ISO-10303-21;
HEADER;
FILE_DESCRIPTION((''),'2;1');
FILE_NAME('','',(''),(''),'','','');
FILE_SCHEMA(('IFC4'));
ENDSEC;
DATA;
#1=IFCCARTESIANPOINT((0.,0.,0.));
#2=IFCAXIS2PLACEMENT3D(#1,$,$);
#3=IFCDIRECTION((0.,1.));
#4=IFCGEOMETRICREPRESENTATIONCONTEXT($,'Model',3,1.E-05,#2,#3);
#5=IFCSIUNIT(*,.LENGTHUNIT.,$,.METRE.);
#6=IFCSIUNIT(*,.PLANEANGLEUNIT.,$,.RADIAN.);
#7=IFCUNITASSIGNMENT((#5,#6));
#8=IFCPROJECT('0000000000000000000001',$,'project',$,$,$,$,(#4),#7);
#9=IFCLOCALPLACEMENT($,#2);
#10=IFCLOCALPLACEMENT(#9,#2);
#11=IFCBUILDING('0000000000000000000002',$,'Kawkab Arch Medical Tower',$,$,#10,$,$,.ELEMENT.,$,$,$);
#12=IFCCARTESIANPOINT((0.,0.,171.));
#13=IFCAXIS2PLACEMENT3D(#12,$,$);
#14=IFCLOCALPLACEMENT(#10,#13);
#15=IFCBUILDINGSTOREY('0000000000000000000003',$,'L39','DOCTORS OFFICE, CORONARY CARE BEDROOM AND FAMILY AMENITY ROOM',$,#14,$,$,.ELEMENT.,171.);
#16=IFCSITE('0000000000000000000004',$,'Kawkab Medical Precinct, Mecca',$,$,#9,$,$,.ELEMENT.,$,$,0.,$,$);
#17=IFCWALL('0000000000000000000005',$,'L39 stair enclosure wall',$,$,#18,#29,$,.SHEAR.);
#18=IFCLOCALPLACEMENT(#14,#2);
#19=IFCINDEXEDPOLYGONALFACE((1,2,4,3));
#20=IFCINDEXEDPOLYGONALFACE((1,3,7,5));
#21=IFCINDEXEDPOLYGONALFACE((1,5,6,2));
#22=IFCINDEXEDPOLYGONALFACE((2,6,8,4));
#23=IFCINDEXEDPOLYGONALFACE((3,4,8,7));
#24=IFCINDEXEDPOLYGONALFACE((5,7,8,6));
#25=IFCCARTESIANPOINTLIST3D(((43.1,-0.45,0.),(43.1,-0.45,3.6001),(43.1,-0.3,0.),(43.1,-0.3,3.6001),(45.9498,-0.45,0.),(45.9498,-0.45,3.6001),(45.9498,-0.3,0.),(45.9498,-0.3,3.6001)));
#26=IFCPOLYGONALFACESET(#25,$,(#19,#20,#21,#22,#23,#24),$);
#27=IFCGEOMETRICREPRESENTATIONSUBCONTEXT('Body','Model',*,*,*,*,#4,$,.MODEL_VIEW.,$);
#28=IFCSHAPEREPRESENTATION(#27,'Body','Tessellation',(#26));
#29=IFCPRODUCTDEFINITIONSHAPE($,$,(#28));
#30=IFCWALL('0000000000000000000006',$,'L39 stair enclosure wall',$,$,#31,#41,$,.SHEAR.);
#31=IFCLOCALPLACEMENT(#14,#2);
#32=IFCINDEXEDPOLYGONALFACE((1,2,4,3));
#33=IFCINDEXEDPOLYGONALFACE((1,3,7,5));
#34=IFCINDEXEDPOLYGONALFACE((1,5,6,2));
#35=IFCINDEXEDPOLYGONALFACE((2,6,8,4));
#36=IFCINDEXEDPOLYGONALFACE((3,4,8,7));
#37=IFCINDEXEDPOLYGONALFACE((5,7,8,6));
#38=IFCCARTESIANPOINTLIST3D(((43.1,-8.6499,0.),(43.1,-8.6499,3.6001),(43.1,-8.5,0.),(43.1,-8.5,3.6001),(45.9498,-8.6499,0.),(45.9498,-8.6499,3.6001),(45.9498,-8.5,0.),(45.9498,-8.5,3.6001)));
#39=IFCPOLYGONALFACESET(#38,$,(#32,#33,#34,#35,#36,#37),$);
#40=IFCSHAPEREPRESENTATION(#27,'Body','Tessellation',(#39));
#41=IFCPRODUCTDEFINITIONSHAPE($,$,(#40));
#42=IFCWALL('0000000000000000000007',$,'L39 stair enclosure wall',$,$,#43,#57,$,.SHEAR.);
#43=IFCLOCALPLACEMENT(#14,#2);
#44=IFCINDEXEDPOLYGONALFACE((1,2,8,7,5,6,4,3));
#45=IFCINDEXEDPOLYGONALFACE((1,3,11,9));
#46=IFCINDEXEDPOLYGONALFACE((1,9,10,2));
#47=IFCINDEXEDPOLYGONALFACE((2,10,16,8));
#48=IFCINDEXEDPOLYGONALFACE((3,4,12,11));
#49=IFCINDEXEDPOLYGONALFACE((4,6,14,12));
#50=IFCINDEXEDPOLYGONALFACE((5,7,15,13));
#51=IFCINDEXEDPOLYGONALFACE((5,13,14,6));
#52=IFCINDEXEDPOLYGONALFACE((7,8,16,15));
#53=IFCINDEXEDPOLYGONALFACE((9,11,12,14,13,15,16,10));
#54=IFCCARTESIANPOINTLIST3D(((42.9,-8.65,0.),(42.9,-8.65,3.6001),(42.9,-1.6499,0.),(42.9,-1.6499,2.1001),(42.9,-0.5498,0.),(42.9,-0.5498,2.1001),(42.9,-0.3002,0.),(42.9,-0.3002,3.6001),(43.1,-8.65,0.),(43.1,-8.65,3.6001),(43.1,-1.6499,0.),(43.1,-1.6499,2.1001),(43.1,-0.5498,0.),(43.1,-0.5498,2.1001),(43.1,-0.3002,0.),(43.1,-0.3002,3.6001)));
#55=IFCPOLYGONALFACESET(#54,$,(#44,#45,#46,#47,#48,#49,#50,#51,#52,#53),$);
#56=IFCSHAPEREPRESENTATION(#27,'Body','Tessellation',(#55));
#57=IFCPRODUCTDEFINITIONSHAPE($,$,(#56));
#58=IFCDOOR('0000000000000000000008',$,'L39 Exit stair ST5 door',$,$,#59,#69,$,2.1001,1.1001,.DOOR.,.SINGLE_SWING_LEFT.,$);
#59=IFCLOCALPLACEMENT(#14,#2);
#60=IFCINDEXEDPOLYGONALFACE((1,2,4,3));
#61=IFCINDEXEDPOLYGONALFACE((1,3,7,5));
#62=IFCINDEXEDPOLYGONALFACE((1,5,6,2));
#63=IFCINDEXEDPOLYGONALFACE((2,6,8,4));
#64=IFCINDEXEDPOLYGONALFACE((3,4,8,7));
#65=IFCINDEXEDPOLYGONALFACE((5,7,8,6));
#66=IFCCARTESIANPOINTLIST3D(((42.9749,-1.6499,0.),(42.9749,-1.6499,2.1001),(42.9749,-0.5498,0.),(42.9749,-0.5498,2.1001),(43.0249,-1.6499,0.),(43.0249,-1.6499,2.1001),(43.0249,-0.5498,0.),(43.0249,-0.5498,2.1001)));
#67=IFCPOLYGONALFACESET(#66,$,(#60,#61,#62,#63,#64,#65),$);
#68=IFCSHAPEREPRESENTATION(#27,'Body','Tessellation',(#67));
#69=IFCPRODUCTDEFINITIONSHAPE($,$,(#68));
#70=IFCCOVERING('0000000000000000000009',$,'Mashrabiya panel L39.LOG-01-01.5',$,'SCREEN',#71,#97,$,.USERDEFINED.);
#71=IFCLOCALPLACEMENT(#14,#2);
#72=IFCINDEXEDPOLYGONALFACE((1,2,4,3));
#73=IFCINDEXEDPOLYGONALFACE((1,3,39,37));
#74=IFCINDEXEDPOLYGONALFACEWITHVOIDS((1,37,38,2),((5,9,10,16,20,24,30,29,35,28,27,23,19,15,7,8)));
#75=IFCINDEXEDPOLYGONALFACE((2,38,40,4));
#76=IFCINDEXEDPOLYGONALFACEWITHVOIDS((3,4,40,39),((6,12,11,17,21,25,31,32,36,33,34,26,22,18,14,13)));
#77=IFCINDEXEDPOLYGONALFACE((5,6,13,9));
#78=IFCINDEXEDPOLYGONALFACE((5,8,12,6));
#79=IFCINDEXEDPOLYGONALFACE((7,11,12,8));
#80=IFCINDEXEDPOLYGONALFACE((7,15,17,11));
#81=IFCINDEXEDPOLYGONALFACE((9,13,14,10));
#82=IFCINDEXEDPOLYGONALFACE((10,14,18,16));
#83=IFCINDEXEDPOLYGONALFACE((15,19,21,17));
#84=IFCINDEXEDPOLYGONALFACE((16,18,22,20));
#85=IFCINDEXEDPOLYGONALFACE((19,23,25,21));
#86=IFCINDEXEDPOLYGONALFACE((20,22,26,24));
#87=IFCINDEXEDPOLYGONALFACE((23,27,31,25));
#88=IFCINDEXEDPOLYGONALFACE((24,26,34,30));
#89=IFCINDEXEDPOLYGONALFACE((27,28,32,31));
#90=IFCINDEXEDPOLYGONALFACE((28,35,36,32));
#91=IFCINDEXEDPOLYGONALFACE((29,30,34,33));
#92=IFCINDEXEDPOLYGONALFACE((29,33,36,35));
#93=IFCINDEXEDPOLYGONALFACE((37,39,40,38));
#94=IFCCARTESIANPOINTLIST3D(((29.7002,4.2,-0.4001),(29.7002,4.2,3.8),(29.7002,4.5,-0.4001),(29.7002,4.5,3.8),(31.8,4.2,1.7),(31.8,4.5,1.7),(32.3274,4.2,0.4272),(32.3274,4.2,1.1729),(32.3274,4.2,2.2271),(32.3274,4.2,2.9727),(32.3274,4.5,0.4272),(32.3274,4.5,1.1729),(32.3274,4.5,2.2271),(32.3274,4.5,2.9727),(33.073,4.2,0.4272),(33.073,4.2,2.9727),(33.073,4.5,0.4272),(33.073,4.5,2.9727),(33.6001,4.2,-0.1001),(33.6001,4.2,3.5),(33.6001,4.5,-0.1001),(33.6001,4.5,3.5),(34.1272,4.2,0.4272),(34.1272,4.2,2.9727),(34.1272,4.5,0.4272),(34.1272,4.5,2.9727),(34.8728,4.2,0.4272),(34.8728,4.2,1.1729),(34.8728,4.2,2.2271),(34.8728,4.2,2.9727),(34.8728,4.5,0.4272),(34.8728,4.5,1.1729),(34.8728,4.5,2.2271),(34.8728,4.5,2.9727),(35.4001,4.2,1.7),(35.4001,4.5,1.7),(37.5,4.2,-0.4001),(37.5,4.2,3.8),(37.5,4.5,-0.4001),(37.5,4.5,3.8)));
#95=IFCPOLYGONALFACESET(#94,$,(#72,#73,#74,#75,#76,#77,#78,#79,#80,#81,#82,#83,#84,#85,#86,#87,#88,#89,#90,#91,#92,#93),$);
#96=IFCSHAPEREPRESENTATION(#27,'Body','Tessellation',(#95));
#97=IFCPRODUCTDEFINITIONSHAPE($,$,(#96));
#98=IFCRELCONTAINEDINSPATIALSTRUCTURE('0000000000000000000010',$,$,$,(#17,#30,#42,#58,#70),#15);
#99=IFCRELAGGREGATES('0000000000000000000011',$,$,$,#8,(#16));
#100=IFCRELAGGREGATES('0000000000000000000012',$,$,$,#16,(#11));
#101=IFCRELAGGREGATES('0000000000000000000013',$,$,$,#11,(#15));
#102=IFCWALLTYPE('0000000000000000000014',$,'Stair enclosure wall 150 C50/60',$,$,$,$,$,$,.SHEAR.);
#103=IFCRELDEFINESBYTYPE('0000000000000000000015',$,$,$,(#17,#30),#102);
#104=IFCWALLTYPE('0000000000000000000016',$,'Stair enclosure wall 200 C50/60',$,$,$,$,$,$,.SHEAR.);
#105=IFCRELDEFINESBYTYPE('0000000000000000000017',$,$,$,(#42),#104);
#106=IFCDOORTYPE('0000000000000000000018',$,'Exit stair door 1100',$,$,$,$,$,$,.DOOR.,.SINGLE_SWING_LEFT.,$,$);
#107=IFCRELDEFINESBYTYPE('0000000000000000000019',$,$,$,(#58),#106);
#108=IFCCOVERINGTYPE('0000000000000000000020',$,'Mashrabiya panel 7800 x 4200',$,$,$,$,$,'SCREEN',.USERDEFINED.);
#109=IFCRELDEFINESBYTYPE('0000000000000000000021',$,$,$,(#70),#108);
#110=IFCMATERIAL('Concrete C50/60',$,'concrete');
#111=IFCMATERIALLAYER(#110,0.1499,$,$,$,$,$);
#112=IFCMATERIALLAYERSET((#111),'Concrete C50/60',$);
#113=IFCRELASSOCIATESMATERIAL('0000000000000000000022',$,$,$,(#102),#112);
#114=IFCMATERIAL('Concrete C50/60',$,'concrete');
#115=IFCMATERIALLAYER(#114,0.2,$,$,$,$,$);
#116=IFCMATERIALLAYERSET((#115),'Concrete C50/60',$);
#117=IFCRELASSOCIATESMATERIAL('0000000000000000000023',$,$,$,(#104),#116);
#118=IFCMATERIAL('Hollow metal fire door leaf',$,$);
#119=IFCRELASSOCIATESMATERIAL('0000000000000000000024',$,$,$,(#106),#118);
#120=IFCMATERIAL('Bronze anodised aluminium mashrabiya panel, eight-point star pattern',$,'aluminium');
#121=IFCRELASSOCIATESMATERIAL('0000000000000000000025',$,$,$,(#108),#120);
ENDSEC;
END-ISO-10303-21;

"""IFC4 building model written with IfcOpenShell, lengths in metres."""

from ifc_helpers import new_model, si_unit, direction, frame, frame_2d, origin, place, context, subcontext, project, spatial, polyline, rectangle, outline, extrude, material, layer, layer_set, material_profile, profile_set, type_object, element, fill, save


model = new_model("IFC4")

# Units and contexts
model_context = context("Model", 3, precision=1e-05, world=origin(), true_north=direction((0.0, 1.0)))
body_context = subcontext(model_context, "Body", "Model", "MODEL_VIEW")
ifc_project = project(units=[si_unit("LENGTHUNIT", "METRE"), si_unit("PLANEANGLEUNIT", "RADIAN")], contexts=[model_context])

# Site, building, storey
site_placement = place(None, origin())
site = spatial("IfcSite", under=ifc_project, at=site_placement, Name="Kawkab Medical Precinct, Mecca", CompositionType="ELEMENT", RefElevation=0.0)
building_placement = place(site_placement, origin())
building = spatial("IfcBuilding", under=site, at=building_placement, Name="Kawkab Arch Medical Tower", CompositionType="ELEMENT")
storey_placement = place(building_placement, frame((0.0, 0.0, 171.0)))
storey = spatial("IfcBuildingStorey", under=building, at=storey_placement, Name="L39", Description="DOCTORS OFFICE, CORONARY CARE BEDROOM AND FAMILY AMENITY ROOM", CompositionType="ELEMENT", Elevation=171.0)

# Walls
ifc_material_1 = material(Name="Concrete C50/60", Category="concrete")
ifc_layer_1 = layer(ifc_material_1, 0.1499)
ifc_layer_set_1 = layer_set([ifc_layer_1], Name="Concrete C50/60")
wall_type_1 = type_object("IfcWallType", Name="Stair enclosure wall 150 C50/60", PredefinedType="SHEAR", material=ifc_layer_set_1)
for number, where, z_axis, x_axis, name in (
    (1, (43.1001, -0.375, 0.0), (0.0, 0.0, 1.0), (1.0, 0.0, 0.0), "L39 stair enclosure wall"),
    (2, (43.1001, -8.575, 0.0), (0.0, 0.0, 1.0), (1.0, 0.0, 0.0), "L39 stair enclosure wall"),
):
    element("IfcWall", number, at=place(storey_placement, frame(where, z_axis=z_axis, x_axis=x_axis)), inside=storey, type_object=wall_type_1, Name=name, PredefinedType="SHEAR", context=body_context, shape_type="SweptSolid", body=[
        extrude(rectangle(XDim=2.8499, YDim=0.1499, at=frame_2d((1.4248, 0.0))), origin(), (0.0, 0.0, 1.0), 3.6001),
    ])

# Wall, opening, door
ifc_material_2 = material(Name="Concrete C50/60", Category="concrete")
ifc_layer_2 = layer(ifc_material_2, 0.2)
ifc_layer_set_2 = layer_set([ifc_layer_2], Name="Concrete C50/60")
wall_type_2 = type_object("IfcWallType", Name="Stair enclosure wall 200 C50/60", PredefinedType="SHEAR", material=ifc_layer_set_2)
wall_1_placement = place(storey_placement, frame((43.0, -8.6499, 0.0), z_axis=(0.0, 0.0, 1.0), x_axis=(0.0, 1.0, 0.0)))
wall_1 = element("IfcWall", 3, at=wall_1_placement, inside=storey, type_object=wall_type_2, Name="L39 stair enclosure wall", PredefinedType="SHEAR", context=body_context, shape_type="SweptSolid", body=[
    extrude(rectangle(XDim=8.3499, YDim=0.2, at=frame_2d((4.1748, 0.0))), origin(), (0.0, 0.0, 1.0), 3.6001),
])
opening_1_placement = place(wall_1_placement, frame((7.0, 0.0, 0.0)))
opening_1 = element("IfcOpeningElement", 4, at=opening_1_placement, cuts=wall_1, PredefinedType="OPENING", context=body_context, shape_type="SweptSolid", body=[
    extrude(rectangle(XDim=1.1001, YDim=2.1001, at=frame_2d((0.55, 1.05))), frame((0.0, 0.1099, 0.0), z_axis=(0.0, -1.0, 0.0), x_axis=(1.0, 0.0, 0.0)), (0.0, 0.0, 1.0), 0.22),
])
ifc_material_3 = material(Name="Hollow metal fire door leaf")
door_type_1 = type_object("IfcDoorType", Name="Exit stair door 1100", OperationType="SINGLE_SWING_LEFT", PredefinedType="DOOR", material=ifc_material_3)
door_1_placement = place(opening_1_placement, frame((1.1001, 0.0, 0.0), z_axis=(0.0, 0.0, 1.0), x_axis=(-1.0, 0.0, 0.0)))
door_1 = element("IfcDoor", 5, at=door_1_placement, inside=storey, type_object=door_type_1, Name="L39 Exit stair ST5 door", OperationType="SINGLE_SWING_LEFT", OverallHeight=2.1001, OverallWidth=1.1001, PredefinedType="DOOR", context=body_context, shape_type="SweptSolid", body=[
    extrude(rectangle(XDim=1.1001, YDim=2.1001, at=frame_2d((0.55, 1.05))), frame((0.0, 0.0249, 0.0), z_axis=(0.0, -1.0, 0.0), x_axis=(1.0, 0.0, 0.0)), (0.0, 0.0, 1.0), 0.05),
])
fill(opening_1, door_1)

# Covering
ifc_material_4 = material(Name="Bronze anodised aluminium mashrabiya panel, eight-point star pattern", Category="aluminium")
ifc_material_profile_1 = material_profile(ifc_material_4, outline(polyline([(-3.8999, -2.1001), (3.8999, -2.1001), (3.8999, 2.1001), (-3.8999, 2.1001), (-3.8999, -2.1001)]), holes=[polyline([(1.8, 0.0), (1.2727, 0.5271), (1.2727, 1.2727), (0.5271, 1.2727), (0.0, 1.8), (-0.5271, 1.2727), (-1.2727, 1.2727), (-1.2727, 0.5271), (-1.8, 0.0), (-1.2727, -0.5271), (-1.2727, -1.2727), (-0.5271, -1.2727), (0.0, -1.8), (0.5271, -1.2727), (1.2727, -1.2727), (1.2727, -0.5271), (1.8, 0.0)])]), Name="Mashrabiya panel 7800x4200")
ifc_profile_set_1 = profile_set([ifc_material_profile_1], Name="Bronze anodised aluminium mashrabiya panel, eight-point star pattern")
covering_type = type_object("IfcCoveringType", Name="Mashrabiya panel 7800 x 4200", ElementType="SCREEN", PredefinedType="USERDEFINED", material=ifc_profile_set_1)
covering_placement = place(storey_placement, frame((33.6001, 4.2, 1.7), z_axis=(0.0, 1.0, 0.0), x_axis=(-1.0, 0.0, 0.0)))
element("IfcCovering", 6, at=covering_placement, inside=storey, type_object=covering_type, Name="Mashrabiya panel L39.LOG-01-01.5", ObjectType="SCREEN", PredefinedType="USERDEFINED", context=body_context, shape_type="SweptSolid", body=[
    extrude(outline(polyline([(-3.8999, -2.1001), (3.8999, -2.1001), (3.8999, 2.1001), (-3.8999, 2.1001), (-3.8999, -2.1001)]), holes=[polyline([(1.8, 0.0), (1.2727, 0.5271), (1.2727, 1.2727), (0.5271, 1.2727), (0.0, 1.8), (-0.5271, 1.2727), (-1.2727, 1.2727), (-1.2727, 0.5271), (-1.8, 0.0), (-1.2727, -0.5271), (-1.2727, -1.2727), (-0.5271, -1.2727), (0.0, -1.8), (0.5271, -1.2727), (1.2727, -1.2727), (1.2727, -0.5271), (1.8, 0.0)])]), origin(), (0.0, 0.0, 1.0), 0.3),
])

save(model, "model.ifc")
